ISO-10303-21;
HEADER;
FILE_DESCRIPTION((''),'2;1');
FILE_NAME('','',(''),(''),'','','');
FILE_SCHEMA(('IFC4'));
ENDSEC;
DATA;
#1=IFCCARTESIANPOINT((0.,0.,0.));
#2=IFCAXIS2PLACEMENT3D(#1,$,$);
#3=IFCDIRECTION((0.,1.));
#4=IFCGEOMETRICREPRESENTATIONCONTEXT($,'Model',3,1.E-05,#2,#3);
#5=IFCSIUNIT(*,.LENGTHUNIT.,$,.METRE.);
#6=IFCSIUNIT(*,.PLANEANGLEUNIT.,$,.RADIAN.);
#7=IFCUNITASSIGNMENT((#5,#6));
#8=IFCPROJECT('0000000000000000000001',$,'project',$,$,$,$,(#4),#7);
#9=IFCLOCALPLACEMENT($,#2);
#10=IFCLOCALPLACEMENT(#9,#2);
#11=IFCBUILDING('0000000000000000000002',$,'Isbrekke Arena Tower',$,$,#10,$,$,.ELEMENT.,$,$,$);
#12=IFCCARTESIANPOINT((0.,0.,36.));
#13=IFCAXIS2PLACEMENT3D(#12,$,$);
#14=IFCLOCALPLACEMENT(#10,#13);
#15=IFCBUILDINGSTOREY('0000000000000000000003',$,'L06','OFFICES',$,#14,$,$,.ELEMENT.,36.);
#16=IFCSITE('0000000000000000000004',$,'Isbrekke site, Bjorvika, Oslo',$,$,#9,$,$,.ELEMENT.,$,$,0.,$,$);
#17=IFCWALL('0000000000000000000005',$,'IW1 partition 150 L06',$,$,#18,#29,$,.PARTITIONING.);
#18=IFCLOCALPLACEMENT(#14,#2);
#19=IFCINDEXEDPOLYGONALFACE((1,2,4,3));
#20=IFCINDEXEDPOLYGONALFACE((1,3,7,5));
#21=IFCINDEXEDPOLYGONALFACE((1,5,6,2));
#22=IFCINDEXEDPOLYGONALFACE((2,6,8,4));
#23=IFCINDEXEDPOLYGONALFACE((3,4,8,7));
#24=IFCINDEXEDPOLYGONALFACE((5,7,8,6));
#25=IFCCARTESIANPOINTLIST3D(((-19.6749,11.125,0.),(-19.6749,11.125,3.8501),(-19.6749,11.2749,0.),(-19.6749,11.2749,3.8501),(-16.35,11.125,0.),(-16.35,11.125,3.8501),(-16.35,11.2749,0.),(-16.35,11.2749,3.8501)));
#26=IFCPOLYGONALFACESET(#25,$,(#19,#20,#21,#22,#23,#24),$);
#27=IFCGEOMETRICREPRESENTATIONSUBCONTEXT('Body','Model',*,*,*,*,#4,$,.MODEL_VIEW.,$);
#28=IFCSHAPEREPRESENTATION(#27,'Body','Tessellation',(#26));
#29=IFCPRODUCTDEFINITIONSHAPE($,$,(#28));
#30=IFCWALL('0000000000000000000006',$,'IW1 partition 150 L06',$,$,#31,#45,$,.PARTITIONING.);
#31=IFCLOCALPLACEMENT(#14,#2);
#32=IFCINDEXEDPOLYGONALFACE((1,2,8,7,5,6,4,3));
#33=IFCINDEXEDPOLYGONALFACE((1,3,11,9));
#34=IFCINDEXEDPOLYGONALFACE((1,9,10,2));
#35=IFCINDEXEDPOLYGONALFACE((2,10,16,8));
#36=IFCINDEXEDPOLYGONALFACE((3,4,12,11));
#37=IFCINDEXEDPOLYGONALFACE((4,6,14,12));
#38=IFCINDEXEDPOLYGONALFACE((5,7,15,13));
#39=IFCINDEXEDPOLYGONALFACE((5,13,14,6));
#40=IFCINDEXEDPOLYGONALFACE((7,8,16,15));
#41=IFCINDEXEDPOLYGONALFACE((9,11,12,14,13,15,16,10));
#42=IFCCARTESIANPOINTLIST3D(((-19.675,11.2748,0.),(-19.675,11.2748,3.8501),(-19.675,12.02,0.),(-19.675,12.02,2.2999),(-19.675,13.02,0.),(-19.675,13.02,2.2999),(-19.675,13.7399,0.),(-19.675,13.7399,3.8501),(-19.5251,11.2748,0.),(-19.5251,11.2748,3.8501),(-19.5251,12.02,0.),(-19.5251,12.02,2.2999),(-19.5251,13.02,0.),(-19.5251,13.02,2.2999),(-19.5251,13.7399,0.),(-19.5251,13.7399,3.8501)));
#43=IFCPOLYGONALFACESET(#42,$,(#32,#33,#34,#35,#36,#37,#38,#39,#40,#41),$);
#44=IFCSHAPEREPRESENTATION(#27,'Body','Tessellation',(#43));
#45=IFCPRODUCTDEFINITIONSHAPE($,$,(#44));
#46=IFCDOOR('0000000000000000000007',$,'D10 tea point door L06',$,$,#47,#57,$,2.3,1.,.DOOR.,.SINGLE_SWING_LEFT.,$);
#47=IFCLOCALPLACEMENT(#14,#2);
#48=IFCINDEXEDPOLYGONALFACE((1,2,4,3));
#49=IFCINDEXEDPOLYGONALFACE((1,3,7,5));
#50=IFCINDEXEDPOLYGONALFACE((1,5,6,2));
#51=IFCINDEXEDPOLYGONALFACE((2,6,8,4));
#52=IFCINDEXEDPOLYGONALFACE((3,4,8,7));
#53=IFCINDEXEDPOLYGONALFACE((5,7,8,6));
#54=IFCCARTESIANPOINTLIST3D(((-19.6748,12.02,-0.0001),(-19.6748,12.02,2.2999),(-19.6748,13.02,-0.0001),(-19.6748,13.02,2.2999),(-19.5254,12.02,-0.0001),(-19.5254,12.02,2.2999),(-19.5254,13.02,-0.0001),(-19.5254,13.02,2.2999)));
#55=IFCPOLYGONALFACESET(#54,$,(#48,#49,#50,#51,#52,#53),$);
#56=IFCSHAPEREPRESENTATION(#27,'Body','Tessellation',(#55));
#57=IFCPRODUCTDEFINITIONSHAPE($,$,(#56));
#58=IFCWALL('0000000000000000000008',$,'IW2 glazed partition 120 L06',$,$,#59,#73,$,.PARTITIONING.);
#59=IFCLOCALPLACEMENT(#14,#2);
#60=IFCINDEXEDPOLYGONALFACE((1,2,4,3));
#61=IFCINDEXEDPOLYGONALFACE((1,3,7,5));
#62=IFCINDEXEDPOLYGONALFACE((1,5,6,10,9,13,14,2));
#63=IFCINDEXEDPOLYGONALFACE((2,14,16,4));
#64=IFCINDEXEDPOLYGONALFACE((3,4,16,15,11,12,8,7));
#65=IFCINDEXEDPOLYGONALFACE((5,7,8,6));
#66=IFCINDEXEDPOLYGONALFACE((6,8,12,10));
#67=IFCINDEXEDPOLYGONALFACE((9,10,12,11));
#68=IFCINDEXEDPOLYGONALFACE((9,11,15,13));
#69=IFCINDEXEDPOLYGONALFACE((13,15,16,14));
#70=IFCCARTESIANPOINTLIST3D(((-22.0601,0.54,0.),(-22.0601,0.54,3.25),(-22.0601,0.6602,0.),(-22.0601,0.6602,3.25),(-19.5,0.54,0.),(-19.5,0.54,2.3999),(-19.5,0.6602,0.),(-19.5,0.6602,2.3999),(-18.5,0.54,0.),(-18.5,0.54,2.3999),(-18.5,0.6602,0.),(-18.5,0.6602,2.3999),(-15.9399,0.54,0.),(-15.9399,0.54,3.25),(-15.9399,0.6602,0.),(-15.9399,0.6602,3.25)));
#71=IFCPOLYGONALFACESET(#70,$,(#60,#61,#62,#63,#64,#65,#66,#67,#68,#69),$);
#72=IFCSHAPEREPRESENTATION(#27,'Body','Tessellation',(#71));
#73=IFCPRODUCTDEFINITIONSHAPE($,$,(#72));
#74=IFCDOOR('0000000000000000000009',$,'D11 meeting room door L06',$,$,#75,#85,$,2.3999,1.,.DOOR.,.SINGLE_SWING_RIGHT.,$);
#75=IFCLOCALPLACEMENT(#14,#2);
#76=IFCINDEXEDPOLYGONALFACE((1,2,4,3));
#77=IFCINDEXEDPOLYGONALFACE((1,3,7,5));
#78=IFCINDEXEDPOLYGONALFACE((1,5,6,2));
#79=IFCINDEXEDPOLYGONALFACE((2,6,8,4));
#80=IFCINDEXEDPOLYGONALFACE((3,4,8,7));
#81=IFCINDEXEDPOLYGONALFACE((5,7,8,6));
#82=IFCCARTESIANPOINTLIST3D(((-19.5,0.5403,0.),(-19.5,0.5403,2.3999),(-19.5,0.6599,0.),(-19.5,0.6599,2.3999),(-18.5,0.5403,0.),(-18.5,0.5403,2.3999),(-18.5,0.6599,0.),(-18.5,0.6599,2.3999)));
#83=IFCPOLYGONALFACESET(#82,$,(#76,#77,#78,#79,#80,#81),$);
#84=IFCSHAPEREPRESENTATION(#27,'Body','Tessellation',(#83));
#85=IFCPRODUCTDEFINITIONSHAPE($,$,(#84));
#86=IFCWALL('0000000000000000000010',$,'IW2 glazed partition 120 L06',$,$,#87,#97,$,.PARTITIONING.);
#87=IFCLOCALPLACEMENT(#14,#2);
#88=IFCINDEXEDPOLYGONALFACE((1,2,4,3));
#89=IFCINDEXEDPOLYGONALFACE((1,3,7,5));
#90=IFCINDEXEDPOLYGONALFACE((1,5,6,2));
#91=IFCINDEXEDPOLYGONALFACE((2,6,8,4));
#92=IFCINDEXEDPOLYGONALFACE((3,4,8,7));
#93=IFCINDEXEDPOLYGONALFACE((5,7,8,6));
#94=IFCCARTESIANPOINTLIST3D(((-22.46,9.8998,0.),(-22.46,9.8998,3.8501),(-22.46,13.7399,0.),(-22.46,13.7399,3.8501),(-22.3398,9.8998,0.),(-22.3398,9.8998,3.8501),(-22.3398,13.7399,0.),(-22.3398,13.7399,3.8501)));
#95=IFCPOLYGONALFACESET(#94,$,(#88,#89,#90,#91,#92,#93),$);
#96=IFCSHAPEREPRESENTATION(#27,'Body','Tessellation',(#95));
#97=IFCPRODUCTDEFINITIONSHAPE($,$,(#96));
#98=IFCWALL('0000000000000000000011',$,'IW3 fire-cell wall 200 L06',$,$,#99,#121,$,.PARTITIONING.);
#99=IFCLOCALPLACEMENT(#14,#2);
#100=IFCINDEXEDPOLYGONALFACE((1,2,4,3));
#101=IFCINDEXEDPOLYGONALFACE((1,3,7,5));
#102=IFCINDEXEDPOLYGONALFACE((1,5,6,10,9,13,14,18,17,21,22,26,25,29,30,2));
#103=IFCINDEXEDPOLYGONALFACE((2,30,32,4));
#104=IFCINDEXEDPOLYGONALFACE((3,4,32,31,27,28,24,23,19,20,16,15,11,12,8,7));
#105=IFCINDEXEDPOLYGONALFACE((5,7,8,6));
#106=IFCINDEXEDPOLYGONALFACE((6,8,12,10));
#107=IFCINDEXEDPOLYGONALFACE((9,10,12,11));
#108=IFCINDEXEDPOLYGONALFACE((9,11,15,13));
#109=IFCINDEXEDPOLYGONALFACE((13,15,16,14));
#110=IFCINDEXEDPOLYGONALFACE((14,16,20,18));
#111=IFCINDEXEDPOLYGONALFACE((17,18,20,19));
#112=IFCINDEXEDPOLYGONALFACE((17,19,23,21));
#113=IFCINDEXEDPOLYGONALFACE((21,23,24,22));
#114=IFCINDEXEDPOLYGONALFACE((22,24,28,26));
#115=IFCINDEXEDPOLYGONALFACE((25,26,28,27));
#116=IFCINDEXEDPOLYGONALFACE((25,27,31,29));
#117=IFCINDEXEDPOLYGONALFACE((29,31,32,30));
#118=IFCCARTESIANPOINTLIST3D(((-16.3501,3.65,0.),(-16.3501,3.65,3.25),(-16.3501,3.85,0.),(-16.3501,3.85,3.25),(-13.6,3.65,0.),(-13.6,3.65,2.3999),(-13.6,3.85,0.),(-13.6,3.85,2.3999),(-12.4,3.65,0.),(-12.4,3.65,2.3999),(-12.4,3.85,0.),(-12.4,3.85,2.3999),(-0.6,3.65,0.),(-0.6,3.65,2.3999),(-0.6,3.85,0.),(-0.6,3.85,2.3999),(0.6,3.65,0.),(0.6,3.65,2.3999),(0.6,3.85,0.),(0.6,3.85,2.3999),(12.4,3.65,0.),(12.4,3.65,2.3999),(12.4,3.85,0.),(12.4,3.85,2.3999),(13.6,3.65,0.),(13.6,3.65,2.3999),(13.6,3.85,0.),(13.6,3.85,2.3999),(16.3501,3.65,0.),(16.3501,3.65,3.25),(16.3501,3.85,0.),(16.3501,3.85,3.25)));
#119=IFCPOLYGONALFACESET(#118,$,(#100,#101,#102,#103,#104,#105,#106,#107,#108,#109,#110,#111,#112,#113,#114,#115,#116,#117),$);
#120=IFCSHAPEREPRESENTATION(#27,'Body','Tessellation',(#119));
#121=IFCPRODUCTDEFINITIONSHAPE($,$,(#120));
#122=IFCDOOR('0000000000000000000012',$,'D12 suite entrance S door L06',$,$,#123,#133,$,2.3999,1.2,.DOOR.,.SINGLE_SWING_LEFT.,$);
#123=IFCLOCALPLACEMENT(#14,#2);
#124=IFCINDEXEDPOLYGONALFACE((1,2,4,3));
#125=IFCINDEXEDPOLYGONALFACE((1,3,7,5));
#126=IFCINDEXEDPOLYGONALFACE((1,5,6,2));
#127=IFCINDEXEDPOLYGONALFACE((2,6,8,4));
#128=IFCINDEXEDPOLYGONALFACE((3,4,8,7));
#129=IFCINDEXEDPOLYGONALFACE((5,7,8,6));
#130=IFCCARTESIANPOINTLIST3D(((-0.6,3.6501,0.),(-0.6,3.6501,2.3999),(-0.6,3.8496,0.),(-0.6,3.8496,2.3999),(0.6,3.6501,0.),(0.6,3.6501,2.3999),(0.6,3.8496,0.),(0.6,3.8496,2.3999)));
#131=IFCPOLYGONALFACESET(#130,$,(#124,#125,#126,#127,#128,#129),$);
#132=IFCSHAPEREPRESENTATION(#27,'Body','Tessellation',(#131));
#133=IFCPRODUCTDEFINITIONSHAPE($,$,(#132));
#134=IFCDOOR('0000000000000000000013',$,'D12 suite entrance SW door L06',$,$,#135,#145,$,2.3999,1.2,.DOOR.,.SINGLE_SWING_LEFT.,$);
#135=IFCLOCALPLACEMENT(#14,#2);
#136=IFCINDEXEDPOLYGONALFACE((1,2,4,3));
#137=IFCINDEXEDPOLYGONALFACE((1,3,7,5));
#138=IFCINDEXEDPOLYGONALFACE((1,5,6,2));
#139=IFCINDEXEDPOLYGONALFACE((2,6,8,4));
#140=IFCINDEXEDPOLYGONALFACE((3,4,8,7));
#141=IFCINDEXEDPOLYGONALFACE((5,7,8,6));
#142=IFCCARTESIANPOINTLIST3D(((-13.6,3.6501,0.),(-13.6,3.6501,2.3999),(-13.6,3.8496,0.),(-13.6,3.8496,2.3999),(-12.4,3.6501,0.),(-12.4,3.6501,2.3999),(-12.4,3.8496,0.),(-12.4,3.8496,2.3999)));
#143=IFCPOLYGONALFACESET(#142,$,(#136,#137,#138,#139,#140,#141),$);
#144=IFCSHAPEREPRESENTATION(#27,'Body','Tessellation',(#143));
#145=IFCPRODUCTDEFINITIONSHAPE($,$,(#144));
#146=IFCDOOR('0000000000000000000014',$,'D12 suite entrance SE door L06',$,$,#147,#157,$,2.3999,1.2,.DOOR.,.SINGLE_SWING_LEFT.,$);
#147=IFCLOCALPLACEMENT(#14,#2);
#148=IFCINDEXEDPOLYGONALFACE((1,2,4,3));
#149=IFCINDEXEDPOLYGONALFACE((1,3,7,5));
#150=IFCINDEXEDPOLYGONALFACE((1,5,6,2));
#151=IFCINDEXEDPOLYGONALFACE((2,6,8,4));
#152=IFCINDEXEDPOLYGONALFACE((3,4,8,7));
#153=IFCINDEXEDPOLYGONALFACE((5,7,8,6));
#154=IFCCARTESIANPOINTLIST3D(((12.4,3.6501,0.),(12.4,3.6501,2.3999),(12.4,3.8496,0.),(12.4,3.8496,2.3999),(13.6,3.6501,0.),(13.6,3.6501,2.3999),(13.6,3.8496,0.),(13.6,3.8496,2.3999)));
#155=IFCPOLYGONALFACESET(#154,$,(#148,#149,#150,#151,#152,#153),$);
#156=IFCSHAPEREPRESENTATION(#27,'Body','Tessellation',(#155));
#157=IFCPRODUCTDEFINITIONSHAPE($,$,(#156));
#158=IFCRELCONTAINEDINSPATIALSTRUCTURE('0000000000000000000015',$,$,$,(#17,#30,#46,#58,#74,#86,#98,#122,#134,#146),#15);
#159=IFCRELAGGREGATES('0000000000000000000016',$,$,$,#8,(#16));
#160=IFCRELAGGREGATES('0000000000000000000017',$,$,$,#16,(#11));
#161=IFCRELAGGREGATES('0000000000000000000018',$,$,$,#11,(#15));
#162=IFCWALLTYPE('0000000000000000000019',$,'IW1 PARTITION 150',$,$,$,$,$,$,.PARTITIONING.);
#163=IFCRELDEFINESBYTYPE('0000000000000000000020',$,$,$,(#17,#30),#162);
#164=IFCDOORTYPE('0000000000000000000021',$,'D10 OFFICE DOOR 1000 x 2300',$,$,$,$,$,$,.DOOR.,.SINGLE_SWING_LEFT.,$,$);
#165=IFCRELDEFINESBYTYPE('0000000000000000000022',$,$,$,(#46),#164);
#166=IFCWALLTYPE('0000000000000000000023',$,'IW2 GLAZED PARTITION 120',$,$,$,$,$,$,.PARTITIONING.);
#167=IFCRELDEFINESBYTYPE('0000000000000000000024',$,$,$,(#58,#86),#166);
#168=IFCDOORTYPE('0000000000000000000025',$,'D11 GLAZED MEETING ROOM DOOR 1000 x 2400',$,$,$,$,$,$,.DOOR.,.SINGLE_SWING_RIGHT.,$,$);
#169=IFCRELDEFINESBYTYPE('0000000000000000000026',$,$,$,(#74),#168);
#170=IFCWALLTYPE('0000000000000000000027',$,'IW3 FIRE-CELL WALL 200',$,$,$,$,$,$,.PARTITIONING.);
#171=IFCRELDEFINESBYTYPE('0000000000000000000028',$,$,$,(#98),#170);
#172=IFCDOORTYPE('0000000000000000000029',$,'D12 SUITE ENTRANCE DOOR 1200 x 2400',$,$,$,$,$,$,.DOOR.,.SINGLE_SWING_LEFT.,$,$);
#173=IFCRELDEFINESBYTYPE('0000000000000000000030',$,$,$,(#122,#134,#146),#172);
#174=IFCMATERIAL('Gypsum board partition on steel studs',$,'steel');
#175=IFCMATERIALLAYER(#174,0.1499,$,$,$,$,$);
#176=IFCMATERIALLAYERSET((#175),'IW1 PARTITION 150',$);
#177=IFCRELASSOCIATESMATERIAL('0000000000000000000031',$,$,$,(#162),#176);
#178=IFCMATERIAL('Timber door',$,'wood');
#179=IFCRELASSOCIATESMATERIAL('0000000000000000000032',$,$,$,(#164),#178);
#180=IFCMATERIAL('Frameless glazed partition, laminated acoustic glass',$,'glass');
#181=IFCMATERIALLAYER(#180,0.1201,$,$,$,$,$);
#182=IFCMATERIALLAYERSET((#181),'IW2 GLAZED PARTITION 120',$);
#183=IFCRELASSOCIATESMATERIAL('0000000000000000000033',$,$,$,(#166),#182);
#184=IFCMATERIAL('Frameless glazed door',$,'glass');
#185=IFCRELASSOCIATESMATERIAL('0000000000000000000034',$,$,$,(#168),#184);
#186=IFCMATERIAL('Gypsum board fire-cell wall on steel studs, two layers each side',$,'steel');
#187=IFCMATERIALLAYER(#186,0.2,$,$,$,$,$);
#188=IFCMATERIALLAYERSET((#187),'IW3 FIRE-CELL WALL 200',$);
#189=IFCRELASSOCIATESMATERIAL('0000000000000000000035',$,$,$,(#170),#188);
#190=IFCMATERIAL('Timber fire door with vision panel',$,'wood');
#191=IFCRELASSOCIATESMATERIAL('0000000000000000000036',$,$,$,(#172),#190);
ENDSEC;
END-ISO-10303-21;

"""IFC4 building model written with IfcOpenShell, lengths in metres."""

from ifc_helpers import new_model, si_unit, direction, frame, frame_2d, origin, place, context, subcontext, project, spatial, rectangle, extrude, material, layer, layer_set, type_object, element, fill, save


model = new_model("IFC4")

# Units and contexts
model_context = context("Model", 3, precision=1e-05, world=origin(), true_north=direction((0.0, 1.0)))
body_context = subcontext(model_context, "Body", "Model", "MODEL_VIEW")
ifc_project = project(units=[si_unit("LENGTHUNIT", "METRE"), si_unit("PLANEANGLEUNIT", "RADIAN")], contexts=[model_context])

# Site, building, storey
site_placement = place(None, origin())
site = spatial("IfcSite", under=ifc_project, at=site_placement, Name="Isbrekke site, Bjorvika, Oslo", CompositionType="ELEMENT", RefElevation=0.0)
building_placement = place(site_placement, origin())
building = spatial("IfcBuilding", under=site, at=building_placement, Name="Isbrekke Arena Tower", CompositionType="ELEMENT")
storey_placement = place(building_placement, frame((0.0, 0.0, 36.0)))
storey = spatial("IfcBuildingStorey", under=building, at=storey_placement, Name="L06", Description="OFFICES", CompositionType="ELEMENT", Elevation=36.0)

# Wall
ifc_material_1 = material(Name="Gypsum board partition on steel studs", Category="steel")
ifc_layer_1 = layer(ifc_material_1, 0.1499)
ifc_layer_set_1 = layer_set([ifc_layer_1], Name="IW1 PARTITION 150")
wall_type_1 = type_object("IfcWallType", Name="IW1 PARTITION 150", PredefinedType="PARTITIONING", material=ifc_layer_set_1)
wall_1_placement = place(storey_placement, frame((-19.675, 11.2, 0.0), z_axis=(0.0, 0.0, 1.0), x_axis=(1.0, 0.0, 0.0)))
element("IfcWall", 1, at=wall_1_placement, inside=storey, type_object=wall_type_1, Name="IW1 partition 150 L06", PredefinedType="PARTITIONING", context=body_context, shape_type="SweptSolid", body=[
    extrude(rectangle(XDim=3.325, YDim=0.1499, at=frame_2d((1.6626, 0.0))), origin(), (0.0, 0.0, 1.0), 3.8501),
])

# Walls, openings, doors
wall_2_placement = place(storey_placement, frame((-19.6001, 11.2749, 0.0), z_axis=(0.0, 0.0, 1.0), x_axis=(0.0, 1.0, 0.0)))
wall_2 = element("IfcWall", 2, at=wall_2_placement, inside=storey, type_object=wall_type_1, Name="IW1 partition 150 L06", PredefinedType="PARTITIONING", context=body_context, shape_type="SweptSolid", body=[
    extrude(rectangle(XDim=2.4651, YDim=0.1499, at=frame_2d((1.2324, 0.0))), origin(), (0.0, 0.0, 1.0), 3.8501),
])
opening_1_placement = place(wall_2_placement, frame((0.7451, 0.0, 0.0)))
opening_1 = element("IfcOpeningElement", 3, at=opening_1_placement, cuts=wall_2, PredefinedType="OPENING", context=body_context, shape_type="SweptSolid", body=[
    extrude(rectangle(XDim=1.0, YDim=2.3, at=frame_2d((0.5, 1.1499))), frame((0.0, 0.0898, 0.0), z_axis=(0.0, -1.0, 0.0), x_axis=(1.0, 0.0, 0.0)), (0.0, 0.0, 1.0), 0.1797),
])
ifc_material_2 = material(Name="Timber door", Category="wood")
door_type_1 = type_object("IfcDoorType", Name="D10 OFFICE DOOR 1000 x 2300", OperationType="SINGLE_SWING_LEFT", PredefinedType="DOOR", material=ifc_material_2)
door_1_placement = place(opening_1_placement, origin())
door_1 = element("IfcDoor", 4, at=door_1_placement, inside=storey, type_object=door_type_1, Name="D10 tea point door L06", OperationType="SINGLE_SWING_LEFT", OverallHeight=2.3, OverallWidth=1.0, PredefinedType="DOOR", context=body_context, shape_type="SweptSolid", body=[
    extrude(rectangle(XDim=1.0, YDim=2.3, at=frame_2d((0.5, 1.1499))), frame((0.0, 0.0747, 0.0), z_axis=(0.0, -1.0, 0.0), x_axis=(1.0, 0.0, 0.0)), (0.0, 0.0, 1.0), 0.1494),
])
fill(opening_1, door_1)
ifc_material_3 = material(Name="Frameless glazed partition, laminated acoustic glass", Category="glass")
ifc_layer_2 = layer(ifc_material_3, 0.1201)
ifc_layer_set_2 = layer_set([ifc_layer_2], Name="IW2 GLAZED PARTITION 120")
wall_type_2 = type_object("IfcWallType", Name="IW2 GLAZED PARTITION 120", PredefinedType="PARTITIONING", material=ifc_layer_set_2)
wall_3_placement = place(storey_placement, frame((-22.0601, 0.6001, 0.0), z_axis=(0.0, 0.0, 1.0), x_axis=(1.0, 0.0, 0.0)))
wall_3 = element("IfcWall", 5, at=wall_3_placement, inside=storey, type_object=wall_type_2, Name="IW2 glazed partition 120 L06", PredefinedType="PARTITIONING", context=body_context, shape_type="SweptSolid", body=[
    extrude(rectangle(XDim=6.1201, YDim=0.1201, at=frame_2d((3.0601, 0.0))), origin(), (0.0, 0.0, 1.0), 3.25),
])
opening_2_placement = place(wall_3_placement, frame((2.5601, 0.0, 0.0)))
opening_2 = element("IfcOpeningElement", 6, at=opening_2_placement, cuts=wall_3, PredefinedType="OPENING", context=body_context, shape_type="SweptSolid", body=[
    extrude(rectangle(XDim=1.0, YDim=2.3999, at=frame_2d((0.5, 1.2))), frame((0.0, 0.075, 0.0), z_axis=(0.0, -1.0, 0.0), x_axis=(1.0, 0.0, 0.0)), (0.0, 0.0, 1.0), 0.1499),
])
ifc_material_4 = material(Name="Frameless glazed door", Category="glass")
door_type_2 = type_object("IfcDoorType", Name="D11 GLAZED MEETING ROOM DOOR 1000 x 2400", OperationType="SINGLE_SWING_RIGHT", PredefinedType="DOOR", material=ifc_material_4)
door_2_placement = place(opening_2_placement, origin())
door_2 = element("IfcDoor", 7, at=door_2_placement, inside=storey, type_object=door_type_2, Name="D11 meeting room door L06", OperationType="SINGLE_SWING_RIGHT", OverallHeight=2.3999, OverallWidth=1.0, PredefinedType="DOOR", context=body_context, shape_type="SweptSolid", body=[
    extrude(rectangle(XDim=1.0, YDim=2.3999, at=frame_2d((0.5, 1.2))), frame((0.0, 0.0598, 0.0), z_axis=(0.0, -1.0, 0.0), x_axis=(1.0, 0.0, 0.0)), (0.0, 0.0, 1.0), 0.1196),
])
fill(opening_2, door_2)

# Wall
wall_4_placement = place(storey_placement, frame((-22.3999, 9.8999, 0.0), z_axis=(0.0, 0.0, 1.0), x_axis=(0.0, 1.0, 0.0)))
element("IfcWall", 8, at=wall_4_placement, inside=storey, type_object=wall_type_2, Name="IW2 glazed partition 120 L06", PredefinedType="PARTITIONING", context=body_context, shape_type="SweptSolid", body=[
    extrude(rectangle(XDim=3.8401, YDim=0.1201, at=frame_2d((1.9199, 0.0))), origin(), (0.0, 0.0, 1.0), 3.8501),
])

# Wall, openings, doors
ifc_material_5 = material(Name="Gypsum board fire-cell wall on steel studs, two layers each side", Category="steel")
ifc_layer_3 = layer(ifc_material_5, 0.2)
ifc_layer_set_3 = layer_set([ifc_layer_3], Name="IW3 FIRE-CELL WALL 200")
wall_type_3 = type_object("IfcWallType", Name="IW3 FIRE-CELL WALL 200", PredefinedType="PARTITIONING", material=ifc_layer_set_3)
wall_5_placement = place(storey_placement, frame((-16.3501, 3.75, 0.0), z_axis=(0.0, 0.0, 1.0), x_axis=(1.0, 0.0, 0.0)))
wall_5 = element("IfcWall", 9, at=wall_5_placement, inside=storey, type_object=wall_type_3, Name="IW3 fire-cell wall 200 L06", PredefinedType="PARTITIONING", context=body_context, shape_type="SweptSolid", body=[
    extrude(rectangle(XDim=32.7002, YDim=0.2, at=frame_2d((16.3501, 0.0))), origin(), (0.0, 0.0, 1.0), 3.25),
])
opening_3_placement = place(wall_5_placement, frame((15.75, 0.0, 0.0)))
opening_3 = element("IfcOpeningElement", 10, at=opening_3_placement, cuts=wall_5, PredefinedType="OPENING", context=body_context, shape_type="SweptSolid", body=[
    extrude(rectangle(XDim=1.2, YDim=2.3999, at=frame_2d((0.6001, 1.2))), frame((0.0, 0.1147, 0.0), z_axis=(0.0, -1.0, 0.0), x_axis=(1.0, 0.0, 0.0)), (0.0, 0.0, 1.0), 0.2297),
])
opening_4_placement = place(wall_5_placement, frame((2.75, 0.0, 0.0)))
opening_4 = element("IfcOpeningElement", 11, at=opening_4_placement, cuts=wall_5, PredefinedType="OPENING", context=body_context, shape_type="SweptSolid", body=[
    extrude(rectangle(XDim=1.2, YDim=2.3999, at=frame_2d((0.6001, 1.2))), frame((0.0, 0.1147, 0.0), z_axis=(0.0, -1.0, 0.0), x_axis=(1.0, 0.0, 0.0)), (0.0, 0.0, 1.0), 0.2297),
])
opening_5_placement = place(wall_5_placement, frame((28.75, 0.0, 0.0)))
opening_5 = element("IfcOpeningElement", 12, at=opening_5_placement, cuts=wall_5, PredefinedType="OPENING", context=body_context, shape_type="SweptSolid", body=[
    extrude(rectangle(XDim=1.2, YDim=2.3999, at=frame_2d((0.6001, 1.2))), frame((0.0, 0.1147, 0.0), z_axis=(0.0, -1.0, 0.0), x_axis=(1.0, 0.0, 0.0)), (0.0, 0.0, 1.0), 0.2297),
])
ifc_material_6 = material(Name="Timber fire door with vision panel", Category="wood")
door_type_3 = type_object("IfcDoorType", Name="D12 SUITE ENTRANCE DOOR 1200 x 2400", OperationType="SINGLE_SWING_LEFT", PredefinedType="DOOR", material=ifc_material_6)
door_3_placement = place(opening_3_placement, origin())
door_3 = element("IfcDoor", 13, at=door_3_placement, inside=storey, type_object=door_type_3, Name="D12 suite entrance S door L06", OperationType="SINGLE_SWING_LEFT", OverallHeight=2.3999, OverallWidth=1.2, PredefinedType="DOOR", context=body_context, shape_type="SweptSolid", body=[
    extrude(rectangle(XDim=1.2, YDim=2.3999, at=frame_2d((0.6001, 1.2))), frame((0.0, 0.0996, 0.0), z_axis=(0.0, -1.0, 0.0), x_axis=(1.0, 0.0, 0.0)), (0.0, 0.0, 1.0), 0.1995),
])
fill(opening_3, door_3)
door_4_placement = place(opening_4_placement, origin())
door_4 = element("IfcDoor", 14, at=door_4_placement, inside=storey, type_object=door_type_3, Name="D12 suite entrance SW door L06", OperationType="SINGLE_SWING_LEFT", OverallHeight=2.3999, OverallWidth=1.2, PredefinedType="DOOR", context=body_context, shape_type="SweptSolid", body=[
    extrude(rectangle(XDim=1.2, YDim=2.3999, at=frame_2d((0.6001, 1.2))), frame((0.0, 0.0996, 0.0), z_axis=(0.0, -1.0, 0.0), x_axis=(1.0, 0.0, 0.0)), (0.0, 0.0, 1.0), 0.1995),
])
fill(opening_4, door_4)
door_5_placement = place(opening_5_placement, origin())
door_5 = element("IfcDoor", 15, at=door_5_placement, inside=storey, type_object=door_type_3, Name="D12 suite entrance SE door L06", OperationType="SINGLE_SWING_LEFT", OverallHeight=2.3999, OverallWidth=1.2, PredefinedType="DOOR", context=body_context, shape_type="SweptSolid", body=[
    extrude(rectangle(XDim=1.2, YDim=2.3999, at=frame_2d((0.6001, 1.2))), frame((0.0, 0.0996, 0.0), z_axis=(0.0, -1.0, 0.0), x_axis=(1.0, 0.0, 0.0)), (0.0, 0.0, 1.0), 0.1995),
])
fill(opening_5, door_5)

save(model, "model.ifc")
